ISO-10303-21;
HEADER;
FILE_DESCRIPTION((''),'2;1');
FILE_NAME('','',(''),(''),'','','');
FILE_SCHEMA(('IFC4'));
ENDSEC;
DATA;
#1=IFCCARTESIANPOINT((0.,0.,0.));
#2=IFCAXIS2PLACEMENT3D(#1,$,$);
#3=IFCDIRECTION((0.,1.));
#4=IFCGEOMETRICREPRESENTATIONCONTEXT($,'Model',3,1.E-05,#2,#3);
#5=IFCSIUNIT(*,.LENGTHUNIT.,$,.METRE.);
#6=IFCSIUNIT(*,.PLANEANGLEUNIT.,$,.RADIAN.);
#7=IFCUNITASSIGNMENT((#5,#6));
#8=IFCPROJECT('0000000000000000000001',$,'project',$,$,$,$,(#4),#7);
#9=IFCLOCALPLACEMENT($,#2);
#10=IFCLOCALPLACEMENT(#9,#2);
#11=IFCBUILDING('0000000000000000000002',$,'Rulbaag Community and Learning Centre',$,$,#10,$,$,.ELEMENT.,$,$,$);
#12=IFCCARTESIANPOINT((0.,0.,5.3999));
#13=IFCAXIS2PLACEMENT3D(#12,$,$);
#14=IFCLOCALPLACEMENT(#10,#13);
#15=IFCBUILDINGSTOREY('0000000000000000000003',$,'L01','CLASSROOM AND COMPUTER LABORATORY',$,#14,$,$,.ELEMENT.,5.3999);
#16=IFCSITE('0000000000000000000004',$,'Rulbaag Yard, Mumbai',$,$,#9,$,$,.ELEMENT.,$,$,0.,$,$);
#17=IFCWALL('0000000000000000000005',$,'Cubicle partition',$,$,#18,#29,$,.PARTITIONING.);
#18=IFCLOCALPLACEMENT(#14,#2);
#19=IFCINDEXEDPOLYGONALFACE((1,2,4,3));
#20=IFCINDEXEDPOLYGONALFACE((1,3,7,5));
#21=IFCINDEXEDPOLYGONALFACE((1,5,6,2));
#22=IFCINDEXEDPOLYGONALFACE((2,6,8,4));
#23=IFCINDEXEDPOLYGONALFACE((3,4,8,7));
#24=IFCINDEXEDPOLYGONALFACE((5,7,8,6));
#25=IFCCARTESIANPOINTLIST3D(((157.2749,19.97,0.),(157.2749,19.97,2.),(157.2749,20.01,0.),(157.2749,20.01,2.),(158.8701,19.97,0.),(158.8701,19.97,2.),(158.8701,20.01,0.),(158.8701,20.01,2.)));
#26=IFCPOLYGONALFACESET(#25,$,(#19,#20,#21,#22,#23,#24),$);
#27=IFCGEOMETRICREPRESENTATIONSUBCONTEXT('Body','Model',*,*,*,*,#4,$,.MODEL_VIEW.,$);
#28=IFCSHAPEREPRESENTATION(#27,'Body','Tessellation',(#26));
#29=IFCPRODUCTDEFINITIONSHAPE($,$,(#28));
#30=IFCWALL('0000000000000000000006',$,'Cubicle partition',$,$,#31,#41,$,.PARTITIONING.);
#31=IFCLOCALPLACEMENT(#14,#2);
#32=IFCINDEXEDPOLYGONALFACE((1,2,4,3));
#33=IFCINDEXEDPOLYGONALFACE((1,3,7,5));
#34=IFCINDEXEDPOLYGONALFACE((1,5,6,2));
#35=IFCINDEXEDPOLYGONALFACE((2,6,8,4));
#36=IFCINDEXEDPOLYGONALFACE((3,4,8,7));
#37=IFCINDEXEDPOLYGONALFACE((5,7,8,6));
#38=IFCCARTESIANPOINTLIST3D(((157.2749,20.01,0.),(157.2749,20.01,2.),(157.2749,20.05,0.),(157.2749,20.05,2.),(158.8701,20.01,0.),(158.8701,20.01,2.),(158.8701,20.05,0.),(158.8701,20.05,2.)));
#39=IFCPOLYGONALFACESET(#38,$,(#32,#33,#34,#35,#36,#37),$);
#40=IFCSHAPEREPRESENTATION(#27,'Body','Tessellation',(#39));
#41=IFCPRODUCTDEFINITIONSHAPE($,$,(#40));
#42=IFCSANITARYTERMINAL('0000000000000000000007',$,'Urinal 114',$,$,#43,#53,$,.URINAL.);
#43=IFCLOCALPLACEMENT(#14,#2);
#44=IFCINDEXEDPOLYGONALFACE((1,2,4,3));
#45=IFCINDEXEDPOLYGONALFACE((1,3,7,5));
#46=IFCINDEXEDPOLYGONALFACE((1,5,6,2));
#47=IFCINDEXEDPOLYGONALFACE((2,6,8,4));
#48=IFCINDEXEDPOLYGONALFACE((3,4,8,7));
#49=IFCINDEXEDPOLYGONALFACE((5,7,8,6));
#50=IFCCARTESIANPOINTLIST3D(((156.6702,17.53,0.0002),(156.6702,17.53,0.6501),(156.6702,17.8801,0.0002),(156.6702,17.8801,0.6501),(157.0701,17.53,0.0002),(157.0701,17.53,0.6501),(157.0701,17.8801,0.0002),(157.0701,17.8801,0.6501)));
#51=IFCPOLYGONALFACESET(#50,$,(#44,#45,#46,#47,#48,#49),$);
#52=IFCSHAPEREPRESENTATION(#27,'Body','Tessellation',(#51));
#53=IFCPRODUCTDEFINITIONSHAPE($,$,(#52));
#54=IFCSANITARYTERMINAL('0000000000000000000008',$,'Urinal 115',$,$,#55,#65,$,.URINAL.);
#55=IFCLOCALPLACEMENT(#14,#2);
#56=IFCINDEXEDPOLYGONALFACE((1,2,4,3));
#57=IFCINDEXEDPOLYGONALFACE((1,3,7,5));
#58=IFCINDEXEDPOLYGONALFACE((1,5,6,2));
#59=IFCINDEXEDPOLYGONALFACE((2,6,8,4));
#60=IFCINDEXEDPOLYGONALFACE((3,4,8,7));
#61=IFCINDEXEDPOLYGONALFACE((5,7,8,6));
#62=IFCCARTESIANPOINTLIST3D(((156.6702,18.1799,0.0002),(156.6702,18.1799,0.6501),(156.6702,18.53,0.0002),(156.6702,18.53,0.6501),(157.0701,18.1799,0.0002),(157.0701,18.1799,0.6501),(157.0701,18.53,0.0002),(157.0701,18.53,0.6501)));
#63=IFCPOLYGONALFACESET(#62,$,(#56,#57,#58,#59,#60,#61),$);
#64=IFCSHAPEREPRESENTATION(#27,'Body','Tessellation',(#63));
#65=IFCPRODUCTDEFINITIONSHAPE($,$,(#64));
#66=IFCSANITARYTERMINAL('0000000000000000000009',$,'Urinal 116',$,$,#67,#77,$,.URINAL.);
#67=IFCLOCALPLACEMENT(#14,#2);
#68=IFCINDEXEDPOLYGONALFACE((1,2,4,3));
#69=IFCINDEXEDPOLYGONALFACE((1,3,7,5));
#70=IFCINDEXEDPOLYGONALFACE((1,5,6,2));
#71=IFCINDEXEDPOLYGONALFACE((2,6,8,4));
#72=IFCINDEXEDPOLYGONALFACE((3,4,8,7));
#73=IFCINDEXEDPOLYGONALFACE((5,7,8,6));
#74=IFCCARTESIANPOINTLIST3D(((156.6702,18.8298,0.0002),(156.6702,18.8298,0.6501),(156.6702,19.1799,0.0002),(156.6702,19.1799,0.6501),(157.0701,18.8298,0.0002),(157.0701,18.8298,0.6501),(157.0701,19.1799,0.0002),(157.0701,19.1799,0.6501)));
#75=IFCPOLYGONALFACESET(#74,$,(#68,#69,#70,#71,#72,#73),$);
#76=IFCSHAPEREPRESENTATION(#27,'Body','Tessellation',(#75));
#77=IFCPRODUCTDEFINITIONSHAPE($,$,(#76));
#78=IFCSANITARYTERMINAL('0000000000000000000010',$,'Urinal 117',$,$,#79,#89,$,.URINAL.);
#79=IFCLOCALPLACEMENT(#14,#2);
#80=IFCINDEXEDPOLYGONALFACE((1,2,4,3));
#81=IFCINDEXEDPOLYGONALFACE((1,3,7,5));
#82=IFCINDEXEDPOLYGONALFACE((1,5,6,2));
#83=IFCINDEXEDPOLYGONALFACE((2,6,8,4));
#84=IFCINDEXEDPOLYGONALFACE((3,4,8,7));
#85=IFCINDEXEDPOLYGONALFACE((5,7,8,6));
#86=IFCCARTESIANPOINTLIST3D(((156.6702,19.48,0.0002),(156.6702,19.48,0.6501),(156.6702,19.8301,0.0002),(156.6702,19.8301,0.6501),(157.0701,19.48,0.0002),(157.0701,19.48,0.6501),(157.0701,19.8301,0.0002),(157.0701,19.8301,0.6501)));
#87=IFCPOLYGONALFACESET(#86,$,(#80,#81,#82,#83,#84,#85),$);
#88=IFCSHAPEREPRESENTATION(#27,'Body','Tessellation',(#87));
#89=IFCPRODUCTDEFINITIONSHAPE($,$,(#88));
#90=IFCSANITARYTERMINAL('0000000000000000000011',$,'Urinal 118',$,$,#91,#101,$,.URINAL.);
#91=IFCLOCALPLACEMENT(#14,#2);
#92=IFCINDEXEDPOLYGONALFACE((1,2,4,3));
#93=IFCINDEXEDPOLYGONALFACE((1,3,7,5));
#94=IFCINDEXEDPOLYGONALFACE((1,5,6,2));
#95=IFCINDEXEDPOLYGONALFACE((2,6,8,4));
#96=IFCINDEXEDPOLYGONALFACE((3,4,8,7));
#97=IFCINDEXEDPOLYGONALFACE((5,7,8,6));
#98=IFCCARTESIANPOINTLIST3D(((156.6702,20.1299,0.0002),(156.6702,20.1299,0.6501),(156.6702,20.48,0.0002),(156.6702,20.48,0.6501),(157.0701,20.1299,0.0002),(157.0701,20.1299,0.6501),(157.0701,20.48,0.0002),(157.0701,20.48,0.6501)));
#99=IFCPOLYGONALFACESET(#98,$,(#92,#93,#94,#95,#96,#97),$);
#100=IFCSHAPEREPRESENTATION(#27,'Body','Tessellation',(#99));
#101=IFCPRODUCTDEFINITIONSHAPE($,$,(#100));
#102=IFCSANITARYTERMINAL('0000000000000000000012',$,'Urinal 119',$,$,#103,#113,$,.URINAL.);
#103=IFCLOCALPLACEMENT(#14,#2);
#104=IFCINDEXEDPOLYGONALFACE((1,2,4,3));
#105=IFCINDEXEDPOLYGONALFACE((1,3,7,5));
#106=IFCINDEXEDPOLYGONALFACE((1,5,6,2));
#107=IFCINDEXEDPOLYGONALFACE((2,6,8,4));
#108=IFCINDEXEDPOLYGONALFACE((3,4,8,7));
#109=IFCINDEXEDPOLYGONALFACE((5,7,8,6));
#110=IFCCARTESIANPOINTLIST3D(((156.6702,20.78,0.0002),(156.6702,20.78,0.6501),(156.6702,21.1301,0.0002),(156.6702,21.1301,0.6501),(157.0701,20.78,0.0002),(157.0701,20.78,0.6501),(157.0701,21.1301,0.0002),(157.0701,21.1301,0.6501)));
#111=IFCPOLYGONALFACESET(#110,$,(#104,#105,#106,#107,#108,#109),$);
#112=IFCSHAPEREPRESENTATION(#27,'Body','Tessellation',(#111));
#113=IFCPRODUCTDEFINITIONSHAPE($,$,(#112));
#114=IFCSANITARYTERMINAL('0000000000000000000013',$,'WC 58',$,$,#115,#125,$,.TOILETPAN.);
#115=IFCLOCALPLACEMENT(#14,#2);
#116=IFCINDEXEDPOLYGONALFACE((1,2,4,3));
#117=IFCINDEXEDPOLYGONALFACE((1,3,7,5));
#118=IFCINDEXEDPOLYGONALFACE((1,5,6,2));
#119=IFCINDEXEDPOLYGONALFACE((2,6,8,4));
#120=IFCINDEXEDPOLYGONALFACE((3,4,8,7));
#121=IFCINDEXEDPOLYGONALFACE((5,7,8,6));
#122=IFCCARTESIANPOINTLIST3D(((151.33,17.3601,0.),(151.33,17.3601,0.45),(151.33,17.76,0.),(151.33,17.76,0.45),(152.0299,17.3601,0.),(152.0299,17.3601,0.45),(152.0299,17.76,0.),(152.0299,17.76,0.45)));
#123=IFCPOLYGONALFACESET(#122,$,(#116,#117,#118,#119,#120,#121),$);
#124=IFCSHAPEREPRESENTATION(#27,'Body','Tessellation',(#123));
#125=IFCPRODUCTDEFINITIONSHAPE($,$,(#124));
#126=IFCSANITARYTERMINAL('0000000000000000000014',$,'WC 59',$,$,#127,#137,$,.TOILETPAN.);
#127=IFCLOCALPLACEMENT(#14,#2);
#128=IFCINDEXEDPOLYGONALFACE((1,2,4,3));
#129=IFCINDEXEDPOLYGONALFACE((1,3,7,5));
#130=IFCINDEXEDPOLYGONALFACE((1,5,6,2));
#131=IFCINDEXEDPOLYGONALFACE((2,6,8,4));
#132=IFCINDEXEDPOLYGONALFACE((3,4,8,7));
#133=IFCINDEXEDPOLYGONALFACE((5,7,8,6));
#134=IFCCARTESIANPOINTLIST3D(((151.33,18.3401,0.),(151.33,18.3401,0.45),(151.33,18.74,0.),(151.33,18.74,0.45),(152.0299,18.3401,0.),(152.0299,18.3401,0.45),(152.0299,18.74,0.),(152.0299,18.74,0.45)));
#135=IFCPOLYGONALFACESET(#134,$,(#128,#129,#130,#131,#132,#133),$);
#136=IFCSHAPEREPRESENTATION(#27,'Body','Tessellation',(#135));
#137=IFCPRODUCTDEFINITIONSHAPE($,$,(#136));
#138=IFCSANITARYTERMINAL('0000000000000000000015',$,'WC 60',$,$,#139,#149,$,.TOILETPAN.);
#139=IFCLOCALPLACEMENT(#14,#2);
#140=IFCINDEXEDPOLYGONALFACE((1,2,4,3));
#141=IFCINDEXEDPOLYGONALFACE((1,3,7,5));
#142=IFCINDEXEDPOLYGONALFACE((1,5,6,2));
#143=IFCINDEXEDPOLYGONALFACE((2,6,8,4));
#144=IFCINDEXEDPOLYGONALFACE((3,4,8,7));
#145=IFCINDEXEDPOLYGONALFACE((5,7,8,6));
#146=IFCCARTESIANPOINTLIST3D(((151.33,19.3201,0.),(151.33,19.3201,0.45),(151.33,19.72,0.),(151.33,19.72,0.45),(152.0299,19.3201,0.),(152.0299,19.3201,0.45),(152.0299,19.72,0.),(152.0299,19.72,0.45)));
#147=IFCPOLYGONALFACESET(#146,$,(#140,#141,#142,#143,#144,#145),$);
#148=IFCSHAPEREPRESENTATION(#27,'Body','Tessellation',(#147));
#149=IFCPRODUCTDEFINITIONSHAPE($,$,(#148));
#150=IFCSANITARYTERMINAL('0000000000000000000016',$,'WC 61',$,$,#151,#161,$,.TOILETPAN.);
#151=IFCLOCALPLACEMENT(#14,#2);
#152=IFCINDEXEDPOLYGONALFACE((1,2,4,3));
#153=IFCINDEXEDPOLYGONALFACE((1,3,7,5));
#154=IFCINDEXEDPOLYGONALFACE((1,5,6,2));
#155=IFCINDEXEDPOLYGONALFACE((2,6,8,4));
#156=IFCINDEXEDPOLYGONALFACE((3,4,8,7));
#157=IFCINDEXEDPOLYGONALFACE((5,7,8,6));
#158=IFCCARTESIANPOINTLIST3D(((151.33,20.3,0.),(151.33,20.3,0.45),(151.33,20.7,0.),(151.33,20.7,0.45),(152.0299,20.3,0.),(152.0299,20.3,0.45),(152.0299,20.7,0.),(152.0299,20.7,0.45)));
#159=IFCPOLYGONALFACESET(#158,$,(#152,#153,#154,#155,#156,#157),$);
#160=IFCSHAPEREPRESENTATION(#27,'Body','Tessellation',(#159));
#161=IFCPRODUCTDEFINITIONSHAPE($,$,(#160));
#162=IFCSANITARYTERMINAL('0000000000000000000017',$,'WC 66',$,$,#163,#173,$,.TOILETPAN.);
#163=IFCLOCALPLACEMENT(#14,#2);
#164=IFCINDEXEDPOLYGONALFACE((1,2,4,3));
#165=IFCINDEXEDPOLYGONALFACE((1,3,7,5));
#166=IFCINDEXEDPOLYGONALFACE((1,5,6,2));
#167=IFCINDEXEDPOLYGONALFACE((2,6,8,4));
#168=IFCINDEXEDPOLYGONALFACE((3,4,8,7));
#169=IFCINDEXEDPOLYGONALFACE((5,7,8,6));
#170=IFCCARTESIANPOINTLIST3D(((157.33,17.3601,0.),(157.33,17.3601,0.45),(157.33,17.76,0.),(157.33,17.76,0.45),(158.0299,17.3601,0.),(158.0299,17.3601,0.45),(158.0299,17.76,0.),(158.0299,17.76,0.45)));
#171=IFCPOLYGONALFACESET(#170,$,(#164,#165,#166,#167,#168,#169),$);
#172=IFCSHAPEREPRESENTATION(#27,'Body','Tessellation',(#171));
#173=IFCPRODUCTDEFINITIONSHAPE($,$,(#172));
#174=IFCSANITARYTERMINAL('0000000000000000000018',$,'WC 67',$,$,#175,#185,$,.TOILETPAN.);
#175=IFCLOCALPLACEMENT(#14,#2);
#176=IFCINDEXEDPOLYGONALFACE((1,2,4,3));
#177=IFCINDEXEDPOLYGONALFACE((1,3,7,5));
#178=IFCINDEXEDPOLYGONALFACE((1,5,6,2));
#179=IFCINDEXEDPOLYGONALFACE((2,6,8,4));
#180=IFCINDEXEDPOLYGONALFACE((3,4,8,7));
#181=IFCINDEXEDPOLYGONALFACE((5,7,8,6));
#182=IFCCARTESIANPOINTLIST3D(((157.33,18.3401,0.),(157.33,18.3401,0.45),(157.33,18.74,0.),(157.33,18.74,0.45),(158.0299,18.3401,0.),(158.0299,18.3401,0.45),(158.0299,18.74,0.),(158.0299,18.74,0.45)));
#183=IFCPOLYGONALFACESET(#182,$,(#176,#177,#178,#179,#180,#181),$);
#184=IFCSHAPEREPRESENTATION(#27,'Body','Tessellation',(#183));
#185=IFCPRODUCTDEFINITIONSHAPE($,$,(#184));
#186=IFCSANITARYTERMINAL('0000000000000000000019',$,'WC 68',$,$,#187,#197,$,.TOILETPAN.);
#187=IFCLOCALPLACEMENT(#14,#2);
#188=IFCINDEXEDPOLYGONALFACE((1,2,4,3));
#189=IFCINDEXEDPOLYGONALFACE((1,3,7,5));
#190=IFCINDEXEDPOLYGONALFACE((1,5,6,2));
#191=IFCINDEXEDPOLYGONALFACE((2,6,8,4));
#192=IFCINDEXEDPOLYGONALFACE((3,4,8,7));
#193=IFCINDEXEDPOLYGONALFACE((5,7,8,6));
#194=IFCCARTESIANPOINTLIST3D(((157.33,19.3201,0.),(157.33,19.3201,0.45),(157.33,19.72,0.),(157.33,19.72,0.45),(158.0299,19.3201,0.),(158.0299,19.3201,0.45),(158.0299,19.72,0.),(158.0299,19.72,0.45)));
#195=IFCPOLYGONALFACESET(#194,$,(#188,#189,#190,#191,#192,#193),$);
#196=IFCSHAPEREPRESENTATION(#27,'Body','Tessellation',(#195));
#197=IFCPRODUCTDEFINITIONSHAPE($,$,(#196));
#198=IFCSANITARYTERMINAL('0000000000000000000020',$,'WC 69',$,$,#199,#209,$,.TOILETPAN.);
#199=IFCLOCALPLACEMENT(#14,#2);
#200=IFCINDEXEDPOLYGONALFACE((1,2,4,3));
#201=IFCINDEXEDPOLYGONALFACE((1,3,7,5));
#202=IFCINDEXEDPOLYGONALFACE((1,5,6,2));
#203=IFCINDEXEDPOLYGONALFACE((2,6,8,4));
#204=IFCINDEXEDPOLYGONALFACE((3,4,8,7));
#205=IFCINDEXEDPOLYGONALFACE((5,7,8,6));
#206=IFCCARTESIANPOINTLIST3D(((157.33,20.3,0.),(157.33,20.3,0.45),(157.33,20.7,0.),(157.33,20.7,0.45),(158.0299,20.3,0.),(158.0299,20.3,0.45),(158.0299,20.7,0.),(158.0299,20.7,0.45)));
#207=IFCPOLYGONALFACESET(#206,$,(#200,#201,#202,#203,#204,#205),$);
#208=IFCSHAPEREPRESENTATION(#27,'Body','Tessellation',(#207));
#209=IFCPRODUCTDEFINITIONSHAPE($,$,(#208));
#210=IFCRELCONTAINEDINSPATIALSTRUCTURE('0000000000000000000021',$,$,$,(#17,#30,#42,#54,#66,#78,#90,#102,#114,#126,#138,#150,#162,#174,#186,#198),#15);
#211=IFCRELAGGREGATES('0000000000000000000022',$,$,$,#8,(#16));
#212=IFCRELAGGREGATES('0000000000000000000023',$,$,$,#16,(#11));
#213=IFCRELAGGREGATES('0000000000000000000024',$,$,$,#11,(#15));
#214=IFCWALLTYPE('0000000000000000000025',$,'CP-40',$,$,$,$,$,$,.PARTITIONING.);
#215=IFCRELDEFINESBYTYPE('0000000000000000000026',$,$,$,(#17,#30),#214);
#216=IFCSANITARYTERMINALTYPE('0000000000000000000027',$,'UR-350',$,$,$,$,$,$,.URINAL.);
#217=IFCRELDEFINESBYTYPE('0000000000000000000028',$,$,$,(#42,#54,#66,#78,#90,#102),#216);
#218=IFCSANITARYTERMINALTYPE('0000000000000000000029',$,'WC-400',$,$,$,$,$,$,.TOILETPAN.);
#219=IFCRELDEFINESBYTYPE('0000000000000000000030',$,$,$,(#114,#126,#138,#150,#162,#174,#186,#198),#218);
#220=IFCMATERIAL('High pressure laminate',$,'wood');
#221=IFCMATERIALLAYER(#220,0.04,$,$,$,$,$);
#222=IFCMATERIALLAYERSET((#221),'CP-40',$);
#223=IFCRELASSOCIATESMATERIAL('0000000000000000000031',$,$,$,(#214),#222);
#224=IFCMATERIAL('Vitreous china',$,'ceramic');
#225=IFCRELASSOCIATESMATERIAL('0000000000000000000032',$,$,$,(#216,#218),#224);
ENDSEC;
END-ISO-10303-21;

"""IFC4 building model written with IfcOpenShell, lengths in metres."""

from ifc_helpers import new_model, si_unit, direction, frame, frame_2d, origin, origin_2d, place, context, subcontext, project, spatial, rectangle, extrude, material, layer, layer_set, type_object, element, save


model = new_model("IFC4")

# Units and contexts
model_context = context("Model", 3, precision=1e-05, world=origin(), true_north=direction((0.0, 1.0)))
body_context = subcontext(model_context, "Body", "Model", "MODEL_VIEW")
ifc_project = project(units=[si_unit("LENGTHUNIT", "METRE"), si_unit("PLANEANGLEUNIT", "RADIAN")], contexts=[model_context])

# Site, building, storey
site_placement = place(None, origin())
site = spatial("IfcSite", under=ifc_project, at=site_placement, Name="Rulbaag Yard, Mumbai", CompositionType="ELEMENT", RefElevation=0.0)
building_placement = place(site_placement, origin())
building = spatial("IfcBuilding", under=site, at=building_placement, Name="Rulbaag Community and Learning Centre", CompositionType="ELEMENT")
storey_placement = place(building_placement, frame((0.0, 0.0, 5.3999)))
storey = spatial("IfcBuildingStorey", under=building, at=storey_placement, Name="L01", Description="CLASSROOM AND COMPUTER LABORATORY", CompositionType="ELEMENT", Elevation=5.3999)

# Shared definitions
ifc_material_1 = material(Name="High pressure laminate", Category="wood")
ifc_layer = layer(ifc_material_1, 0.04)
ifc_layer_set = layer_set([ifc_layer], Name="CP-40")
wall_type = type_object("IfcWallType", Name="CP-40", PredefinedType="PARTITIONING", material=ifc_layer_set)

# Walls
for number, where, z_axis, x_axis, name in (
    (1, (157.2749, 19.99, 0.0), (0.0, 0.0, 1.0), (1.0, 0.0, 0.0), "Cubicle partition"),
    (2, (157.2749, 20.03, 0.0), (0.0, 0.0, 1.0), (1.0, 0.0, 0.0), "Cubicle partition"),
):
    element("IfcWall", number, at=place(storey_placement, frame(where, z_axis=z_axis, x_axis=x_axis)), inside=storey, type_object=wall_type, Name=name, PredefinedType="PARTITIONING", context=body_context, shape_type="SweptSolid", body=[
        extrude(rectangle(XDim=1.5952, YDim=0.04, at=frame_2d((0.7976, 0.0))), origin(), (0.0, 0.0, 1.0), 2.0),
    ])

# Sanitary terminals
ifc_material_2 = material(Name="Vitreous china", Category="ceramic")
sanitary_terminal_type_1 = type_object("IfcSanitaryTerminalType", Name="UR-350", PredefinedType="URINAL", material=ifc_material_2)
for number, where, z_axis, x_axis, name in (
    (3, (156.8701, 17.7051, 0.0002), (0.0, 0.0, 1.0), (1.0, 0.0, 0.0), "Urinal 114"),
    (4, (156.8701, 18.355, 0.0002), (0.0, 0.0, 1.0), (1.0, 0.0, 0.0), "Urinal 115"),
    (5, (156.8701, 19.0049, 0.0002), (0.0, 0.0, 1.0), (1.0, 0.0, 0.0), "Urinal 116"),
    (6, (156.8701, 19.655, 0.0002), (0.0, 0.0, 1.0), (1.0, 0.0, 0.0), "Urinal 117"),
    (7, (156.8701, 20.3049, 0.0002), (0.0, 0.0, 1.0), (1.0, 0.0, 0.0), "Urinal 118"),
    (8, (156.8701, 20.9551, 0.0002), (0.0, 0.0, 1.0), (1.0, 0.0, 0.0), "Urinal 119"),
):
    element("IfcSanitaryTerminal", number, at=place(storey_placement, frame(where, z_axis=z_axis, x_axis=x_axis)), inside=storey, type_object=sanitary_terminal_type_1, Name=name, PredefinedType="URINAL", context=body_context, shape_type="SweptSolid", body=[
        extrude(rectangle(XDim=0.3999, YDim=0.3501, at=origin_2d()), origin(), (0.0, 0.0, 1.0), 0.6499),
    ])
sanitary_terminal_type_2 = type_object("IfcSanitaryTerminalType", Name="WC-400", PredefinedType="TOILETPAN", material=ifc_material_2)
for number, where, z_axis, x_axis, name in (
    (9, (151.6799, 17.5601, 0.0), (0.0, 0.0, 1.0), (1.0, 0.0, 0.0), "WC 58"),
    (10, (151.6799, 18.54, 0.0), (0.0, 0.0, 1.0), (1.0, 0.0, 0.0), "WC 59"),
    (11, (151.6799, 19.52, 0.0), (0.0, 0.0, 1.0), (1.0, 0.0, 0.0), "WC 60"),
    (12, (151.6799, 20.5, 0.0), (0.0, 0.0, 1.0), (1.0, 0.0, 0.0), "WC 61"),
    (13, (157.6799, 17.5601, 0.0), (0.0, 0.0, 1.0), (1.0, 0.0, 0.0), "WC 66"),
    (14, (157.6799, 18.54, 0.0), (0.0, 0.0, 1.0), (1.0, 0.0, 0.0), "WC 67"),
    (15, (157.6799, 19.52, 0.0), (0.0, 0.0, 1.0), (1.0, 0.0, 0.0), "WC 68"),
    (16, (157.6799, 20.5, 0.0), (0.0, 0.0, 1.0), (1.0, 0.0, 0.0), "WC 69"),
):
    element("IfcSanitaryTerminal", number, at=place(storey_placement, frame(where, z_axis=z_axis, x_axis=x_axis)), inside=storey, type_object=sanitary_terminal_type_2, Name=name, PredefinedType="TOILETPAN", context=body_context, shape_type="SweptSolid", body=[
        extrude(rectangle(XDim=0.7, YDim=0.3999, at=origin_2d()), origin(), (0.0, 0.0, 1.0), 0.45),
    ])

save(model, "model.ifc")
